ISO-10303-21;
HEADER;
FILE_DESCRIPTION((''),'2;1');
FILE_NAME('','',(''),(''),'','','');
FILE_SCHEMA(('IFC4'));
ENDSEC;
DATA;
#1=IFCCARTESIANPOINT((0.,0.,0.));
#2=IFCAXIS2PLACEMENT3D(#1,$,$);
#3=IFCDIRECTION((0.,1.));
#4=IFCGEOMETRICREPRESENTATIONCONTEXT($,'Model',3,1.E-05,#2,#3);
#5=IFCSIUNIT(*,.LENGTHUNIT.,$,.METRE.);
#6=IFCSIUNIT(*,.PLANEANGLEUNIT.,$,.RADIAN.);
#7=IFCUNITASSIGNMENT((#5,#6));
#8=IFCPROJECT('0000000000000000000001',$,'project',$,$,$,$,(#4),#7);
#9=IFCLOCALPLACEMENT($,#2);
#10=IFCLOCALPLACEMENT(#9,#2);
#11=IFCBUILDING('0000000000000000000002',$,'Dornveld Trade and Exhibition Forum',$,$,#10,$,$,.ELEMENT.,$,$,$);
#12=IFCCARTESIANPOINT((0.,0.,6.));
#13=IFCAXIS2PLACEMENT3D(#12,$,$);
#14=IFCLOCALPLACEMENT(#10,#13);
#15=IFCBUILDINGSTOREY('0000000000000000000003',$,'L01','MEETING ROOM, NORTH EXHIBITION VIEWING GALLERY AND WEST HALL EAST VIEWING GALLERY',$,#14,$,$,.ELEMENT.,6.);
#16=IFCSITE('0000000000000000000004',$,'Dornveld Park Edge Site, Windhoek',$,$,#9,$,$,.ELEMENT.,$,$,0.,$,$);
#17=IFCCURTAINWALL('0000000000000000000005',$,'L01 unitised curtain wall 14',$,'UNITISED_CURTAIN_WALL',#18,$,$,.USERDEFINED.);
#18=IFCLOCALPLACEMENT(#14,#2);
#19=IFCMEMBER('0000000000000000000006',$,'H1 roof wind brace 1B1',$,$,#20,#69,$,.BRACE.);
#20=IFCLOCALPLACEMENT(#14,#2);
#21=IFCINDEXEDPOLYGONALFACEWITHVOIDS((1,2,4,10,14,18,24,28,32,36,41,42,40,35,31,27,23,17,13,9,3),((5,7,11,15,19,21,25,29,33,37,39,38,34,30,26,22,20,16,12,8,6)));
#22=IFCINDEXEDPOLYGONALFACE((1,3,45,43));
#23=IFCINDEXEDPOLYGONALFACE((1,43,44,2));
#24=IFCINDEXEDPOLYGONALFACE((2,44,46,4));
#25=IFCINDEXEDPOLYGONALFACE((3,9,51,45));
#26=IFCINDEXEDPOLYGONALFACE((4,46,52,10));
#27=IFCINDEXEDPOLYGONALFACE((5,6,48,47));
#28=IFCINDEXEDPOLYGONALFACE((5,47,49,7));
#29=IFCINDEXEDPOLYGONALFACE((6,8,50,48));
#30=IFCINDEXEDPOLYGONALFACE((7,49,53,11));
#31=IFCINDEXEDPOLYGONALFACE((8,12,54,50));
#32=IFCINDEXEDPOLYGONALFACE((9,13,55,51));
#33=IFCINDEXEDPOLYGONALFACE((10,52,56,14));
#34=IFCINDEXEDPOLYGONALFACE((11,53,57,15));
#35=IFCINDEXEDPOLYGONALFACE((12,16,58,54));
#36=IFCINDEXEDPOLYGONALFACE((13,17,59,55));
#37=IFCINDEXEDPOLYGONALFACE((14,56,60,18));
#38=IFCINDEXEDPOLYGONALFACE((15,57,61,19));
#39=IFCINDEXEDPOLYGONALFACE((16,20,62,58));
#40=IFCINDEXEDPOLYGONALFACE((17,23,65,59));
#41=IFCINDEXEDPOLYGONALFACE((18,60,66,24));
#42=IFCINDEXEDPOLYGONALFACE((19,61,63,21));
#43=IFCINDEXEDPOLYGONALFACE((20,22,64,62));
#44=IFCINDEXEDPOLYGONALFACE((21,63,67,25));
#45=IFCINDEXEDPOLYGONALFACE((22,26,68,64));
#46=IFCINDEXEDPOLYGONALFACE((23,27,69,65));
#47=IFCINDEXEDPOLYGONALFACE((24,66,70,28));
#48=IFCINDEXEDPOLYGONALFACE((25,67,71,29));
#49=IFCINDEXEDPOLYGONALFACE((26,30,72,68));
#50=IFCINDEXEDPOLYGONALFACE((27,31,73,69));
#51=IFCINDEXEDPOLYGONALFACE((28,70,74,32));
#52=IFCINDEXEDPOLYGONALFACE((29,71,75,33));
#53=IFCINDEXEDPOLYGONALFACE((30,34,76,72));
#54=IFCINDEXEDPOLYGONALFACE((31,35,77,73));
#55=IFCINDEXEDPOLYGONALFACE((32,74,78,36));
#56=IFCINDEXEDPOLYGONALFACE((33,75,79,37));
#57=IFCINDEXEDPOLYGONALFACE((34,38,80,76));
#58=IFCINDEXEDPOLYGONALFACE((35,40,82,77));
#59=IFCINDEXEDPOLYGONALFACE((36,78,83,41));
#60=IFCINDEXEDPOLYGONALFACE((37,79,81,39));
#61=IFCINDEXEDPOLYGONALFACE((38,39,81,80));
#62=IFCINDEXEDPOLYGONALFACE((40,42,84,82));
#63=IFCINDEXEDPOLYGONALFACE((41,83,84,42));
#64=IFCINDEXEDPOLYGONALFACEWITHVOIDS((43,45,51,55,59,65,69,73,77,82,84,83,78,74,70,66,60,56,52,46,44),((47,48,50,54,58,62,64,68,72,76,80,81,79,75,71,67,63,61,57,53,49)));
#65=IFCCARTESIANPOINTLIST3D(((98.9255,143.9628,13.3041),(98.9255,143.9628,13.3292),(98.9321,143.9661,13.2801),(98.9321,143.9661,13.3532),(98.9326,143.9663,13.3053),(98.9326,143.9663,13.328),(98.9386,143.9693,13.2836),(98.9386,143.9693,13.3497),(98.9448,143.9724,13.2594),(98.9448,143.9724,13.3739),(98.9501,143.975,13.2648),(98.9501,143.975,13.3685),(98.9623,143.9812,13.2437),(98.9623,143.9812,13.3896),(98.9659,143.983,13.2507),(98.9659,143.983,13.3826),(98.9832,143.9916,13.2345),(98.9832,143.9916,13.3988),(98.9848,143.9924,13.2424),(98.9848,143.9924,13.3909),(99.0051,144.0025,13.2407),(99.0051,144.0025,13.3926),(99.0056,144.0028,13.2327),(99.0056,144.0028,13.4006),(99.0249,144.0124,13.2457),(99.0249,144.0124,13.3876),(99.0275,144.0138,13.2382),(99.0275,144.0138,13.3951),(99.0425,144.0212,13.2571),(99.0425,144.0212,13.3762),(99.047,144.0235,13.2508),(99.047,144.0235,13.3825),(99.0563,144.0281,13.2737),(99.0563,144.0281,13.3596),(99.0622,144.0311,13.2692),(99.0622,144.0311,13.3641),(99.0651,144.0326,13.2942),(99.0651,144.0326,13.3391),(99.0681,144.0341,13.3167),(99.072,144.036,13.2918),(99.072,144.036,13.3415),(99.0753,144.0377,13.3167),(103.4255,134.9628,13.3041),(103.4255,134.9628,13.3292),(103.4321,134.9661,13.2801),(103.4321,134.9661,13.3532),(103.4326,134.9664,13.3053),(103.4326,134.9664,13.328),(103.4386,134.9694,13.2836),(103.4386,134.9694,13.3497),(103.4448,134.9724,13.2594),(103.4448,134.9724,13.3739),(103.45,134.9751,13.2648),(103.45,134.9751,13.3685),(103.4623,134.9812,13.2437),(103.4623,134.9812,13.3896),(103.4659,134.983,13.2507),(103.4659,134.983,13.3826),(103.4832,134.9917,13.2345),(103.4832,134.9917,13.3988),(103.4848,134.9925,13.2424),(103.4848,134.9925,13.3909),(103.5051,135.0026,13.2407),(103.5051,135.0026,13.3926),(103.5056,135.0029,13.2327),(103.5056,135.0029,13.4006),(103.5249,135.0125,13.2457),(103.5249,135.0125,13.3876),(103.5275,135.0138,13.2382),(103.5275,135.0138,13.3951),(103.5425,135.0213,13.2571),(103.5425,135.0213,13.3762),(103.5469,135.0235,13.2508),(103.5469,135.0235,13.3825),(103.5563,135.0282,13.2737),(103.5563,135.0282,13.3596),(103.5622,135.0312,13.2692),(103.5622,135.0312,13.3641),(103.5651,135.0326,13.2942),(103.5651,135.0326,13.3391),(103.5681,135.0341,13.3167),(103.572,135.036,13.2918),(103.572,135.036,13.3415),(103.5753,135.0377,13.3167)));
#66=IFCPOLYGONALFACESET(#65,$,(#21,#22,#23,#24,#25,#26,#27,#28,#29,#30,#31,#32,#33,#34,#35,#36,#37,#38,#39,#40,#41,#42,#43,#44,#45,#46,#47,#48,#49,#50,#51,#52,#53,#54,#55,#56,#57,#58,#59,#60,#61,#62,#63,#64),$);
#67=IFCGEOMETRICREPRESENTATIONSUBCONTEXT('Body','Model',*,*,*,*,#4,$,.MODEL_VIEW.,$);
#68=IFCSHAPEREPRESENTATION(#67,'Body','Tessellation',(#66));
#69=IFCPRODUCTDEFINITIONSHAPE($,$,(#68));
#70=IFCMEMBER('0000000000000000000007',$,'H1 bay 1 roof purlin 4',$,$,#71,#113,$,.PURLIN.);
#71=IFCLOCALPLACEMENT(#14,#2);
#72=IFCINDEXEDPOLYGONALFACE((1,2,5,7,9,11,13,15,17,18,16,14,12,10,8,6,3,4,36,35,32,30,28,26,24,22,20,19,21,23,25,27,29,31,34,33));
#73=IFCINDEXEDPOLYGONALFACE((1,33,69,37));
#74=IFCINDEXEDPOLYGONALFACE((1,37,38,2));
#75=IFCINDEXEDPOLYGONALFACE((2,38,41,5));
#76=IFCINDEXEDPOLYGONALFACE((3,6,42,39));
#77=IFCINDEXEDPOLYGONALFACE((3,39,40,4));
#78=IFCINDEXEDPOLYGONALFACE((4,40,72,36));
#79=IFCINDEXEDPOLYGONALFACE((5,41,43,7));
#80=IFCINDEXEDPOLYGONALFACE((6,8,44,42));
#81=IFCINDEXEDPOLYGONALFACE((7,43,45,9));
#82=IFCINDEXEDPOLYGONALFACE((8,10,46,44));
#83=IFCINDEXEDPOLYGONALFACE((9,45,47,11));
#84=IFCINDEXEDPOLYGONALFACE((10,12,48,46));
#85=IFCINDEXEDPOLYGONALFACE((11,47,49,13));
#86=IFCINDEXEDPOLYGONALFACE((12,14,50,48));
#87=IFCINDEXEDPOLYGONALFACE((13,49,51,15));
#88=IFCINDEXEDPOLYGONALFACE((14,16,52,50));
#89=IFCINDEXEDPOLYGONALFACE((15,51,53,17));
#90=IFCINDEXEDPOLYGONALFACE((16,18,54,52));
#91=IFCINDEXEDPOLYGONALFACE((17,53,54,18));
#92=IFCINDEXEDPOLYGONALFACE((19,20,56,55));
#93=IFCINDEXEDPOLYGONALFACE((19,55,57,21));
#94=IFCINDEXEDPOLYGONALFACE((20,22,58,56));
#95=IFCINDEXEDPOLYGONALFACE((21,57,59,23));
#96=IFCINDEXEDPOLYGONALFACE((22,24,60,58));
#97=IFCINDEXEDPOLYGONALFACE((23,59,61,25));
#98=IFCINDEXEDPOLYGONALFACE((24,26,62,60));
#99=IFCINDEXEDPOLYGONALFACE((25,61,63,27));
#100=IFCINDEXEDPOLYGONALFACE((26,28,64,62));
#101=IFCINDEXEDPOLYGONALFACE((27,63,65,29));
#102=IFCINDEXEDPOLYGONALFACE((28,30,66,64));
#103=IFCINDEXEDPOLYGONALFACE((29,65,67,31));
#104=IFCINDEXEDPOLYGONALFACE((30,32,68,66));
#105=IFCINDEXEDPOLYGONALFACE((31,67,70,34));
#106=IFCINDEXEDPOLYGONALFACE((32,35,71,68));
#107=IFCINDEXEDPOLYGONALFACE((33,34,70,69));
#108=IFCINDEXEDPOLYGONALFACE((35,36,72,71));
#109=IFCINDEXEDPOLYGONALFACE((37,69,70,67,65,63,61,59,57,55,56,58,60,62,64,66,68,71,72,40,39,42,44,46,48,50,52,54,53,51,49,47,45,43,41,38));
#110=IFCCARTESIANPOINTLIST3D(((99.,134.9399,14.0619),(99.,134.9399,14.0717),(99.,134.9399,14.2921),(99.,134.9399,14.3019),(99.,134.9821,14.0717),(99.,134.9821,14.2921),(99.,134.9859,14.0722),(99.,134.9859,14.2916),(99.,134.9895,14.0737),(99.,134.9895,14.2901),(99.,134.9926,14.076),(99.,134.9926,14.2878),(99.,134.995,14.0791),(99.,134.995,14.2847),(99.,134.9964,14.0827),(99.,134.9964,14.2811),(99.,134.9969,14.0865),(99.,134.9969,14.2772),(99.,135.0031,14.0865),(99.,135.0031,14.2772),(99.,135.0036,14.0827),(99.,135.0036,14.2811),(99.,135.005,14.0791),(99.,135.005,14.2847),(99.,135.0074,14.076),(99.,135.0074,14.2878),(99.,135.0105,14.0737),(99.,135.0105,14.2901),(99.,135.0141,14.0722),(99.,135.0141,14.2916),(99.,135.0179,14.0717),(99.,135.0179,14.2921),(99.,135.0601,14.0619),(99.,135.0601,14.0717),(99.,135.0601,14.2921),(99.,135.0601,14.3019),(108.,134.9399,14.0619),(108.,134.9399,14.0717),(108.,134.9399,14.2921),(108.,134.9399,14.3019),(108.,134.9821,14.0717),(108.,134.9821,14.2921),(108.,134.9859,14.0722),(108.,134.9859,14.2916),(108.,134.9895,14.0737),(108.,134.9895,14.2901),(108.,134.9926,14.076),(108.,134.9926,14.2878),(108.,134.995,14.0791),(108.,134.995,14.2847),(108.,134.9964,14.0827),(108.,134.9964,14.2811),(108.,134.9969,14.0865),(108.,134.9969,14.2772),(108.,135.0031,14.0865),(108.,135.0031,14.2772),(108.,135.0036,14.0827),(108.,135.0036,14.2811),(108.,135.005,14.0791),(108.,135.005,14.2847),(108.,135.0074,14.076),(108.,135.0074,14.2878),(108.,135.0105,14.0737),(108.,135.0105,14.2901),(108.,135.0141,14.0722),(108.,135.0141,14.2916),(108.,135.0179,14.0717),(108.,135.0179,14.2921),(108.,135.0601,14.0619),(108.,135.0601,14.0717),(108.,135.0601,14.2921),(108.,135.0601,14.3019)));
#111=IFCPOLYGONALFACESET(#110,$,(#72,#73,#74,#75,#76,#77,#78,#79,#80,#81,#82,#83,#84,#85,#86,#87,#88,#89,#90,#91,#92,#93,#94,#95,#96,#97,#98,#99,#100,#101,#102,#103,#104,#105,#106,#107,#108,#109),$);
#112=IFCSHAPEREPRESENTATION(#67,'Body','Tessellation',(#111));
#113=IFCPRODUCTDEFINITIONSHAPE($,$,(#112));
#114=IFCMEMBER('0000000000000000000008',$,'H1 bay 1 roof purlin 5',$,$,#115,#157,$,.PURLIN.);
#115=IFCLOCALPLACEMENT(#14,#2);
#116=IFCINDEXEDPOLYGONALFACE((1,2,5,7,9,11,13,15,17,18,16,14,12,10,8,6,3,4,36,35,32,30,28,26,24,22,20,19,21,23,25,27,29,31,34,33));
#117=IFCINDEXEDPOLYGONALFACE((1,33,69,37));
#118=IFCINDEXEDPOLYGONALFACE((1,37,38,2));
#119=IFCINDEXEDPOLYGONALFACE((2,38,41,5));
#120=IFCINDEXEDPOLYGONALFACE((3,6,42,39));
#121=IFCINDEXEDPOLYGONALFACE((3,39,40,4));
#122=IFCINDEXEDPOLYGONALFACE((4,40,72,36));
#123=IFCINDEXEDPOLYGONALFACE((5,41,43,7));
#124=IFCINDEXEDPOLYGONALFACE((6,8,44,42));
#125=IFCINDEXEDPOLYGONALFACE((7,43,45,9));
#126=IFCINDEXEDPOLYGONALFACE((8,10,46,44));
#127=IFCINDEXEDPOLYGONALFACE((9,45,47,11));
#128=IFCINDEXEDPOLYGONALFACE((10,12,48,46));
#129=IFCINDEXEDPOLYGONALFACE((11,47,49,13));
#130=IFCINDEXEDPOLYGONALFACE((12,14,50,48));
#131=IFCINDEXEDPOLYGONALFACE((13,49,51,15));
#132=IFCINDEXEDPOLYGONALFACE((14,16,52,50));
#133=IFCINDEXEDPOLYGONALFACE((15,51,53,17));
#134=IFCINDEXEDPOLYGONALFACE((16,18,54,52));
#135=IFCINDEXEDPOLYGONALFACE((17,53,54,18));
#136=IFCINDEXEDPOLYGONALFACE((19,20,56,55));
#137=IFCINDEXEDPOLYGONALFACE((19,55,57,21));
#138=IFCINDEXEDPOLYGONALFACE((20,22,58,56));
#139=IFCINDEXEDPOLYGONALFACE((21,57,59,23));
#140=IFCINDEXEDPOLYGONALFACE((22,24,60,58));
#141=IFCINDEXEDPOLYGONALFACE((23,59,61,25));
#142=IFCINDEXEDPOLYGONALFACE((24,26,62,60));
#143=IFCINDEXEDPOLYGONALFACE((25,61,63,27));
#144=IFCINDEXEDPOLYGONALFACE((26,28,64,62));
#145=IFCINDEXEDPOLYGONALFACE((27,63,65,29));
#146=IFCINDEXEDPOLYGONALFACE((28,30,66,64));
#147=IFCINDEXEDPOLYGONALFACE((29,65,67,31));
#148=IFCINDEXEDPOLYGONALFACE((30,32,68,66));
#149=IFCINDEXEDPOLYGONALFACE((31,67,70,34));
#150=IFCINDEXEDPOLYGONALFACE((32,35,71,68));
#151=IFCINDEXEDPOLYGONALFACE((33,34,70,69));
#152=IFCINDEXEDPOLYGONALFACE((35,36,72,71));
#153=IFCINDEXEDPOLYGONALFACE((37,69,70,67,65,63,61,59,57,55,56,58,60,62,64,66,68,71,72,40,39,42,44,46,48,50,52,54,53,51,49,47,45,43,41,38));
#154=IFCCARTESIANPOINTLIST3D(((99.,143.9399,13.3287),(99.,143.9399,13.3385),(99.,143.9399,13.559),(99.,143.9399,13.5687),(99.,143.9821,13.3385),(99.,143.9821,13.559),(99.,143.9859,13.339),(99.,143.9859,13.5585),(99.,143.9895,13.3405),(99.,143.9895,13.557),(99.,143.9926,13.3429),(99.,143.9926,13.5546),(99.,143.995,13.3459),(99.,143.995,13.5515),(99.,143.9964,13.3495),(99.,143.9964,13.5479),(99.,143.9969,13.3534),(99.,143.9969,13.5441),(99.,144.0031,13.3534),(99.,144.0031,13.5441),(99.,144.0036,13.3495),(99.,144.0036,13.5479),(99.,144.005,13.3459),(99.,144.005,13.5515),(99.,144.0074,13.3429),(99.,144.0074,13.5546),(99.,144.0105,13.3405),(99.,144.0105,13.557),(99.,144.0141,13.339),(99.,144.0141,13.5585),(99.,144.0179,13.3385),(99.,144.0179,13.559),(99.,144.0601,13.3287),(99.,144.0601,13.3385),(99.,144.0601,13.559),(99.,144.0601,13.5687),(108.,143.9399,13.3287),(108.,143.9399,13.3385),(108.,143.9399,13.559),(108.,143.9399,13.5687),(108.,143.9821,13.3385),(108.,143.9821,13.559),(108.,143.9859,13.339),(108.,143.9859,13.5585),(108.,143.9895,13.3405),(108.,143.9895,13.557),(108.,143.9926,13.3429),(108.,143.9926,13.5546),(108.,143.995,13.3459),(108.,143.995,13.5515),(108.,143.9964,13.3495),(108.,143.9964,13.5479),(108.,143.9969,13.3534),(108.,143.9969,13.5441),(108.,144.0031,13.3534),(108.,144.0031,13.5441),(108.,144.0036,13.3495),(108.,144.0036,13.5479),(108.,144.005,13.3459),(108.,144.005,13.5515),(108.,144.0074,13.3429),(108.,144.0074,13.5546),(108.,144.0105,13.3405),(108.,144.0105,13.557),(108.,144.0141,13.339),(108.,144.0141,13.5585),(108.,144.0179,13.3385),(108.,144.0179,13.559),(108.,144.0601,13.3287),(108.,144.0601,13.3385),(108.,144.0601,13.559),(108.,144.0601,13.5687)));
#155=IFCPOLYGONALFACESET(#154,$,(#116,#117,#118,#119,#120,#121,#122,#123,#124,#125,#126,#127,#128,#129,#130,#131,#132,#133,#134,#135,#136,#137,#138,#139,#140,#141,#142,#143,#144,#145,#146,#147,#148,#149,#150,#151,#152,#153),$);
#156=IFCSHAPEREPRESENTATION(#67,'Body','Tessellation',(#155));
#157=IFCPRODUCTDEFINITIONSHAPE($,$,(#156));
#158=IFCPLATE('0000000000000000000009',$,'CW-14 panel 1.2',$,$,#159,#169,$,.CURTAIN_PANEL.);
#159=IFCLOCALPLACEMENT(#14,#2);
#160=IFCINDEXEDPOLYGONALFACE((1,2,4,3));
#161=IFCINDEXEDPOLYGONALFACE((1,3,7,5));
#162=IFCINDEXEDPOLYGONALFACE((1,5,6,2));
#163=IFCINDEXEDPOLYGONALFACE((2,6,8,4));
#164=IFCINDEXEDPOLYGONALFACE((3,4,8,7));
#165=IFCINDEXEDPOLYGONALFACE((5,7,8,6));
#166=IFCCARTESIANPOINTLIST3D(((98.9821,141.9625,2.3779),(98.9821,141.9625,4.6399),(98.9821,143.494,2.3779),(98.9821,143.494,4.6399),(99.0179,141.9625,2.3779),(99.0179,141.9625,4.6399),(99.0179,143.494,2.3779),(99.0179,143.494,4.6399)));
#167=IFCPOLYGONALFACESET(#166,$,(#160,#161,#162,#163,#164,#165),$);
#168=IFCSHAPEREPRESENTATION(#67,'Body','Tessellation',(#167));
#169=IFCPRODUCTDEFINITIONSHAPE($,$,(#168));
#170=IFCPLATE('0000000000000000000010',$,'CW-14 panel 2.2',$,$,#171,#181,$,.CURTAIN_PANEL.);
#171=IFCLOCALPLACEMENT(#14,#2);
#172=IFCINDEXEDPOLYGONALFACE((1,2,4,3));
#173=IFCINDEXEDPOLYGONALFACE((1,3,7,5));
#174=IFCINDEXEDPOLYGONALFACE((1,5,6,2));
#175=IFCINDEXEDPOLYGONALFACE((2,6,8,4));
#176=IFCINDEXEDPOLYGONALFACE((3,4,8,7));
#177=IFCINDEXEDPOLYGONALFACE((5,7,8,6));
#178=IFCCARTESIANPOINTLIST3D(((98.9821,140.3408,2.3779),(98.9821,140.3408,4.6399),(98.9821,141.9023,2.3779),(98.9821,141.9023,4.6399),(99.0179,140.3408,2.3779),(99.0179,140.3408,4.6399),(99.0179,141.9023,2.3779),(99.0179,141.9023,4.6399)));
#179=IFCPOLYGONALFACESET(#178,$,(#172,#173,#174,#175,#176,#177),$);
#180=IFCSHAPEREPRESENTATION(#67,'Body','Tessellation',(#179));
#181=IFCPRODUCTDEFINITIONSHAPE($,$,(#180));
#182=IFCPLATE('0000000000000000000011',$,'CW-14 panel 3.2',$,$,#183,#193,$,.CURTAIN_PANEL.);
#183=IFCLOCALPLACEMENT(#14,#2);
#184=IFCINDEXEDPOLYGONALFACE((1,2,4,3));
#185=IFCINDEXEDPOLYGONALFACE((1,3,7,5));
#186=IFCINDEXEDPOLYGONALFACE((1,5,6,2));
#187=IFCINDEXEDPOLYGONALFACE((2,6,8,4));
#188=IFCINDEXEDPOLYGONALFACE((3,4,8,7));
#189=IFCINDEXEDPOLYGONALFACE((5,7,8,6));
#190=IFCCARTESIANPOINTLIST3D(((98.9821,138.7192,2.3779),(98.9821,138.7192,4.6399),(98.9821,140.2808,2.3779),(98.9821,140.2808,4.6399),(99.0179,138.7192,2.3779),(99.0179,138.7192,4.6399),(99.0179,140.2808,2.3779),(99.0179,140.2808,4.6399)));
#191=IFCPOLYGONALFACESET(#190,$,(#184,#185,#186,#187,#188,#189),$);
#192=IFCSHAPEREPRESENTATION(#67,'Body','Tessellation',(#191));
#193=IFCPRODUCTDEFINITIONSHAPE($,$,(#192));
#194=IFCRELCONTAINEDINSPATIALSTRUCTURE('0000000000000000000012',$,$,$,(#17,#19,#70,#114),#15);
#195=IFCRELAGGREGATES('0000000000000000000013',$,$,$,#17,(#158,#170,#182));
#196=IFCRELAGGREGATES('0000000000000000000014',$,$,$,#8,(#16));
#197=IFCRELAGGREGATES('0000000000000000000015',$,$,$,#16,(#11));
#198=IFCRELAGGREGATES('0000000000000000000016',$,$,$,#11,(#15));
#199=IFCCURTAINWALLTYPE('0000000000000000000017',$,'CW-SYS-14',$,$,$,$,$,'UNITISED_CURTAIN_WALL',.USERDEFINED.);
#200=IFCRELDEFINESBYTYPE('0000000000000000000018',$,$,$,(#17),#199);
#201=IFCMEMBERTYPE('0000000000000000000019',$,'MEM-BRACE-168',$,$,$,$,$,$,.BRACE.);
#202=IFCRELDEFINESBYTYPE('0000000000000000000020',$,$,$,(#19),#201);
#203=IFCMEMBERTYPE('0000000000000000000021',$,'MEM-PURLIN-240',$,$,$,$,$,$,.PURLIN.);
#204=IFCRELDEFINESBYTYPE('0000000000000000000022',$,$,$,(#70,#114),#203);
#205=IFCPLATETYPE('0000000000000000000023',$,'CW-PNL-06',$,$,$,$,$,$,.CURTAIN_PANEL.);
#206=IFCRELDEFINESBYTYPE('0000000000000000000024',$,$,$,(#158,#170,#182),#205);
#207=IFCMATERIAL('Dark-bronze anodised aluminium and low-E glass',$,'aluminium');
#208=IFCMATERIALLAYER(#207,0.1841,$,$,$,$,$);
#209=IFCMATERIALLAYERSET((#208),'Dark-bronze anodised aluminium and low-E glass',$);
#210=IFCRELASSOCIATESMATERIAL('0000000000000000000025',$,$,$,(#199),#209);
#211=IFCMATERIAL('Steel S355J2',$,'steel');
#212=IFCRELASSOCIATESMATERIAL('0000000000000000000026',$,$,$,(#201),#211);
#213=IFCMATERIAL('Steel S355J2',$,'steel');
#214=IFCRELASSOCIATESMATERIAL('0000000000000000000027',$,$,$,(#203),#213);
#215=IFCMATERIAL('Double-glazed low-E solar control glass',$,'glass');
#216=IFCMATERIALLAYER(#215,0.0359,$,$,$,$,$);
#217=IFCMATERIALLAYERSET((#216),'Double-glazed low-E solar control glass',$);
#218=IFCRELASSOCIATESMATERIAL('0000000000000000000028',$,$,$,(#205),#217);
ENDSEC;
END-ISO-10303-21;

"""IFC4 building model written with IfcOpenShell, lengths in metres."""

from ifc_helpers import new_model, si_unit, direction, frame, origin, origin_2d, place, context, subcontext, project, spatial, rectangle, hollow_circle, i_section, extrude, material, layer, layer_set, material_profile, profile_set, type_object, element, aggregate, save


model = new_model("IFC4")

# Units and contexts
model_context = context("Model", 3, precision=1e-05, world=origin(), true_north=direction((0.0, 1.0)))
body_context = subcontext(model_context, "Body", "Model", "MODEL_VIEW")
ifc_project = project(units=[si_unit("LENGTHUNIT", "METRE"), si_unit("PLANEANGLEUNIT", "RADIAN")], contexts=[model_context])

# Site, building, storey
site_placement = place(None, origin())
site = spatial("IfcSite", under=ifc_project, at=site_placement, Name="Dornveld Park Edge Site, Windhoek", CompositionType="ELEMENT", RefElevation=0.0)
building_placement = place(site_placement, origin())
building = spatial("IfcBuilding", under=site, at=building_placement, Name="Dornveld Trade and Exhibition Forum", CompositionType="ELEMENT")
storey_placement = place(building_placement, frame((0.0, 0.0, 6.0)))
storey = spatial("IfcBuildingStorey", under=building, at=storey_placement, Name="L01", Description="MEETING ROOM, NORTH EXHIBITION VIEWING GALLERY AND WEST HALL EAST VIEWING GALLERY", CompositionType="ELEMENT", Elevation=6.0)

# Curtain wall
ifc_material_1 = material(Name="Dark-bronze anodised aluminium and low-E glass", Category="aluminium")
ifc_layer_1 = layer(ifc_material_1, 0.1841)
ifc_layer_set_1 = layer_set([ifc_layer_1], Name="Dark-bronze anodised aluminium and low-E glass")
curtain_wall_type_1 = type_object("IfcCurtainWallType", Name="CW-SYS-14", ElementType="UNITISED_CURTAIN_WALL", PredefinedType="USERDEFINED", material=ifc_layer_set_1)
curtain_wall_1_placement = place(storey_placement, origin())
curtain_wall_1 = element("IfcCurtainWall", 1, at=curtain_wall_1_placement, inside=storey, type_object=curtain_wall_type_1, Name="L01 unitised curtain wall 14", ObjectType="UNITISED_CURTAIN_WALL", PredefinedType="USERDEFINED")

# Members
ifc_material_2 = material(Name="Steel S355J2", Category="steel")
ifc_material_profile_1 = material_profile(ifc_material_2, hollow_circle(Radius=0.0842, WallThickness=0.0081, at=origin_2d()), Name="CHS 168.3x8")
ifc_profile_set_1 = profile_set([ifc_material_profile_1], Name="Steel S355J2")
member_type_1 = type_object("IfcMemberType", Name="MEM-BRACE-168", PredefinedType="BRACE", material=ifc_profile_set_1)
member_1_placement = place(storey_placement, frame((99.0, 144.0, 13.3167), z_axis=(0.447214, -0.894427, 0.0), x_axis=(0.894427, 0.447214, 0.0)))
element("IfcMember", 2, at=member_1_placement, inside=storey, type_object=member_type_1, Name="H1 roof wind brace 1B1", PredefinedType="BRACE", context=body_context, shape_type="SweptSolid", body=[
    extrude(hollow_circle(Radius=0.0842, WallThickness=0.0081, at=origin_2d()), origin(), (0.0, 0.0, 1.0), 10.0623),
])
ifc_material_3 = material(Name="Steel S355J2", Category="steel")
ifc_material_profile_2 = material_profile(ifc_material_3, i_section(OverallWidth=0.1201, OverallDepth=0.24, WebThickness=0.0061, FlangeThickness=0.0098, FilletRadius=0.0149, at=origin_2d()), Name="IPE 240")
ifc_profile_set_2 = profile_set([ifc_material_profile_2], Name="Steel S355J2")
member_type_2 = type_object("IfcMemberType", Name="MEM-PURLIN-240", PredefinedType="PURLIN", material=ifc_profile_set_2)
for number, where, z_axis, x_axis, name in (
    (3, (99.0, 135.0, 14.1819), (1.0, 0.0, 0.0), (0.0, 1.0, 0.0), "H1 bay 1 roof purlin 4"),
    (4, (99.0, 144.0, 13.4487), (1.0, 0.0, 0.0), (0.0, 1.0, 0.0), "H1 bay 1 roof purlin 5"),
):
    element("IfcMember", number, at=place(storey_placement, frame(where, z_axis=z_axis, x_axis=x_axis)), inside=storey, type_object=member_type_2, Name=name, PredefinedType="PURLIN", context=body_context, shape_type="SweptSolid", body=[
        extrude(i_section(OverallWidth=0.1201, OverallDepth=0.24, WebThickness=0.0061, FlangeThickness=0.0098, FilletRadius=0.0149, at=origin_2d()), origin(), (0.0, 0.0, 1.0), 9.0),
    ])

# Plates
ifc_material_4 = material(Name="Double-glazed low-E solar control glass", Category="glass")
ifc_layer_2 = layer(ifc_material_4, 0.0359)
ifc_layer_set_2 = layer_set([ifc_layer_2], Name="Double-glazed low-E solar control glass")
plate_type_1 = type_object("IfcPlateType", Name="CW-PNL-06", PredefinedType="CURTAIN_PANEL", material=ifc_layer_set_2)
plate_1_placement = place(storey_placement, frame((99.0, 142.7283, 2.3779), z_axis=(0.0, 0.0, 1.0), x_axis=(0.0, -1.0, 0.0)))
plate_1 = element("IfcPlate", 5, at=plate_1_placement, type_object=plate_type_1, Name="CW-14 panel 1.2", PredefinedType="CURTAIN_PANEL", context=body_context, shape_type="SweptSolid", body=[
    extrude(rectangle(XDim=1.5315, YDim=0.0359, at=origin_2d()), origin(), (0.0, 0.0, 1.0), 2.262),
])
plate_2_placement = place(storey_placement, frame((99.0, 141.1216, 2.3779), z_axis=(0.0, 0.0, 1.0), x_axis=(0.0, -1.0, 0.0)))
plate_2 = element("IfcPlate", 6, at=plate_2_placement, type_object=plate_type_1, Name="CW-14 panel 2.2", PredefinedType="CURTAIN_PANEL", context=body_context, shape_type="SweptSolid", body=[
    extrude(rectangle(XDim=1.5615, YDim=0.0359, at=origin_2d()), origin(), (0.0, 0.0, 1.0), 2.262),
])
plate_3_placement = place(storey_placement, frame((99.0, 139.5, 2.3779), z_axis=(0.0, 0.0, 1.0), x_axis=(0.0, -1.0, 0.0)))
plate_3 = element("IfcPlate", 7, at=plate_3_placement, type_object=plate_type_1, Name="CW-14 panel 3.2", PredefinedType="CURTAIN_PANEL", context=body_context, shape_type="SweptSolid", body=[
    extrude(rectangle(XDim=1.5615, YDim=0.0359, at=origin_2d()), origin(), (0.0, 0.0, 1.0), 2.262),
])
aggregate(curtain_wall_1, [plate_1, plate_2, plate_3])

save(model, "model.ifc")
